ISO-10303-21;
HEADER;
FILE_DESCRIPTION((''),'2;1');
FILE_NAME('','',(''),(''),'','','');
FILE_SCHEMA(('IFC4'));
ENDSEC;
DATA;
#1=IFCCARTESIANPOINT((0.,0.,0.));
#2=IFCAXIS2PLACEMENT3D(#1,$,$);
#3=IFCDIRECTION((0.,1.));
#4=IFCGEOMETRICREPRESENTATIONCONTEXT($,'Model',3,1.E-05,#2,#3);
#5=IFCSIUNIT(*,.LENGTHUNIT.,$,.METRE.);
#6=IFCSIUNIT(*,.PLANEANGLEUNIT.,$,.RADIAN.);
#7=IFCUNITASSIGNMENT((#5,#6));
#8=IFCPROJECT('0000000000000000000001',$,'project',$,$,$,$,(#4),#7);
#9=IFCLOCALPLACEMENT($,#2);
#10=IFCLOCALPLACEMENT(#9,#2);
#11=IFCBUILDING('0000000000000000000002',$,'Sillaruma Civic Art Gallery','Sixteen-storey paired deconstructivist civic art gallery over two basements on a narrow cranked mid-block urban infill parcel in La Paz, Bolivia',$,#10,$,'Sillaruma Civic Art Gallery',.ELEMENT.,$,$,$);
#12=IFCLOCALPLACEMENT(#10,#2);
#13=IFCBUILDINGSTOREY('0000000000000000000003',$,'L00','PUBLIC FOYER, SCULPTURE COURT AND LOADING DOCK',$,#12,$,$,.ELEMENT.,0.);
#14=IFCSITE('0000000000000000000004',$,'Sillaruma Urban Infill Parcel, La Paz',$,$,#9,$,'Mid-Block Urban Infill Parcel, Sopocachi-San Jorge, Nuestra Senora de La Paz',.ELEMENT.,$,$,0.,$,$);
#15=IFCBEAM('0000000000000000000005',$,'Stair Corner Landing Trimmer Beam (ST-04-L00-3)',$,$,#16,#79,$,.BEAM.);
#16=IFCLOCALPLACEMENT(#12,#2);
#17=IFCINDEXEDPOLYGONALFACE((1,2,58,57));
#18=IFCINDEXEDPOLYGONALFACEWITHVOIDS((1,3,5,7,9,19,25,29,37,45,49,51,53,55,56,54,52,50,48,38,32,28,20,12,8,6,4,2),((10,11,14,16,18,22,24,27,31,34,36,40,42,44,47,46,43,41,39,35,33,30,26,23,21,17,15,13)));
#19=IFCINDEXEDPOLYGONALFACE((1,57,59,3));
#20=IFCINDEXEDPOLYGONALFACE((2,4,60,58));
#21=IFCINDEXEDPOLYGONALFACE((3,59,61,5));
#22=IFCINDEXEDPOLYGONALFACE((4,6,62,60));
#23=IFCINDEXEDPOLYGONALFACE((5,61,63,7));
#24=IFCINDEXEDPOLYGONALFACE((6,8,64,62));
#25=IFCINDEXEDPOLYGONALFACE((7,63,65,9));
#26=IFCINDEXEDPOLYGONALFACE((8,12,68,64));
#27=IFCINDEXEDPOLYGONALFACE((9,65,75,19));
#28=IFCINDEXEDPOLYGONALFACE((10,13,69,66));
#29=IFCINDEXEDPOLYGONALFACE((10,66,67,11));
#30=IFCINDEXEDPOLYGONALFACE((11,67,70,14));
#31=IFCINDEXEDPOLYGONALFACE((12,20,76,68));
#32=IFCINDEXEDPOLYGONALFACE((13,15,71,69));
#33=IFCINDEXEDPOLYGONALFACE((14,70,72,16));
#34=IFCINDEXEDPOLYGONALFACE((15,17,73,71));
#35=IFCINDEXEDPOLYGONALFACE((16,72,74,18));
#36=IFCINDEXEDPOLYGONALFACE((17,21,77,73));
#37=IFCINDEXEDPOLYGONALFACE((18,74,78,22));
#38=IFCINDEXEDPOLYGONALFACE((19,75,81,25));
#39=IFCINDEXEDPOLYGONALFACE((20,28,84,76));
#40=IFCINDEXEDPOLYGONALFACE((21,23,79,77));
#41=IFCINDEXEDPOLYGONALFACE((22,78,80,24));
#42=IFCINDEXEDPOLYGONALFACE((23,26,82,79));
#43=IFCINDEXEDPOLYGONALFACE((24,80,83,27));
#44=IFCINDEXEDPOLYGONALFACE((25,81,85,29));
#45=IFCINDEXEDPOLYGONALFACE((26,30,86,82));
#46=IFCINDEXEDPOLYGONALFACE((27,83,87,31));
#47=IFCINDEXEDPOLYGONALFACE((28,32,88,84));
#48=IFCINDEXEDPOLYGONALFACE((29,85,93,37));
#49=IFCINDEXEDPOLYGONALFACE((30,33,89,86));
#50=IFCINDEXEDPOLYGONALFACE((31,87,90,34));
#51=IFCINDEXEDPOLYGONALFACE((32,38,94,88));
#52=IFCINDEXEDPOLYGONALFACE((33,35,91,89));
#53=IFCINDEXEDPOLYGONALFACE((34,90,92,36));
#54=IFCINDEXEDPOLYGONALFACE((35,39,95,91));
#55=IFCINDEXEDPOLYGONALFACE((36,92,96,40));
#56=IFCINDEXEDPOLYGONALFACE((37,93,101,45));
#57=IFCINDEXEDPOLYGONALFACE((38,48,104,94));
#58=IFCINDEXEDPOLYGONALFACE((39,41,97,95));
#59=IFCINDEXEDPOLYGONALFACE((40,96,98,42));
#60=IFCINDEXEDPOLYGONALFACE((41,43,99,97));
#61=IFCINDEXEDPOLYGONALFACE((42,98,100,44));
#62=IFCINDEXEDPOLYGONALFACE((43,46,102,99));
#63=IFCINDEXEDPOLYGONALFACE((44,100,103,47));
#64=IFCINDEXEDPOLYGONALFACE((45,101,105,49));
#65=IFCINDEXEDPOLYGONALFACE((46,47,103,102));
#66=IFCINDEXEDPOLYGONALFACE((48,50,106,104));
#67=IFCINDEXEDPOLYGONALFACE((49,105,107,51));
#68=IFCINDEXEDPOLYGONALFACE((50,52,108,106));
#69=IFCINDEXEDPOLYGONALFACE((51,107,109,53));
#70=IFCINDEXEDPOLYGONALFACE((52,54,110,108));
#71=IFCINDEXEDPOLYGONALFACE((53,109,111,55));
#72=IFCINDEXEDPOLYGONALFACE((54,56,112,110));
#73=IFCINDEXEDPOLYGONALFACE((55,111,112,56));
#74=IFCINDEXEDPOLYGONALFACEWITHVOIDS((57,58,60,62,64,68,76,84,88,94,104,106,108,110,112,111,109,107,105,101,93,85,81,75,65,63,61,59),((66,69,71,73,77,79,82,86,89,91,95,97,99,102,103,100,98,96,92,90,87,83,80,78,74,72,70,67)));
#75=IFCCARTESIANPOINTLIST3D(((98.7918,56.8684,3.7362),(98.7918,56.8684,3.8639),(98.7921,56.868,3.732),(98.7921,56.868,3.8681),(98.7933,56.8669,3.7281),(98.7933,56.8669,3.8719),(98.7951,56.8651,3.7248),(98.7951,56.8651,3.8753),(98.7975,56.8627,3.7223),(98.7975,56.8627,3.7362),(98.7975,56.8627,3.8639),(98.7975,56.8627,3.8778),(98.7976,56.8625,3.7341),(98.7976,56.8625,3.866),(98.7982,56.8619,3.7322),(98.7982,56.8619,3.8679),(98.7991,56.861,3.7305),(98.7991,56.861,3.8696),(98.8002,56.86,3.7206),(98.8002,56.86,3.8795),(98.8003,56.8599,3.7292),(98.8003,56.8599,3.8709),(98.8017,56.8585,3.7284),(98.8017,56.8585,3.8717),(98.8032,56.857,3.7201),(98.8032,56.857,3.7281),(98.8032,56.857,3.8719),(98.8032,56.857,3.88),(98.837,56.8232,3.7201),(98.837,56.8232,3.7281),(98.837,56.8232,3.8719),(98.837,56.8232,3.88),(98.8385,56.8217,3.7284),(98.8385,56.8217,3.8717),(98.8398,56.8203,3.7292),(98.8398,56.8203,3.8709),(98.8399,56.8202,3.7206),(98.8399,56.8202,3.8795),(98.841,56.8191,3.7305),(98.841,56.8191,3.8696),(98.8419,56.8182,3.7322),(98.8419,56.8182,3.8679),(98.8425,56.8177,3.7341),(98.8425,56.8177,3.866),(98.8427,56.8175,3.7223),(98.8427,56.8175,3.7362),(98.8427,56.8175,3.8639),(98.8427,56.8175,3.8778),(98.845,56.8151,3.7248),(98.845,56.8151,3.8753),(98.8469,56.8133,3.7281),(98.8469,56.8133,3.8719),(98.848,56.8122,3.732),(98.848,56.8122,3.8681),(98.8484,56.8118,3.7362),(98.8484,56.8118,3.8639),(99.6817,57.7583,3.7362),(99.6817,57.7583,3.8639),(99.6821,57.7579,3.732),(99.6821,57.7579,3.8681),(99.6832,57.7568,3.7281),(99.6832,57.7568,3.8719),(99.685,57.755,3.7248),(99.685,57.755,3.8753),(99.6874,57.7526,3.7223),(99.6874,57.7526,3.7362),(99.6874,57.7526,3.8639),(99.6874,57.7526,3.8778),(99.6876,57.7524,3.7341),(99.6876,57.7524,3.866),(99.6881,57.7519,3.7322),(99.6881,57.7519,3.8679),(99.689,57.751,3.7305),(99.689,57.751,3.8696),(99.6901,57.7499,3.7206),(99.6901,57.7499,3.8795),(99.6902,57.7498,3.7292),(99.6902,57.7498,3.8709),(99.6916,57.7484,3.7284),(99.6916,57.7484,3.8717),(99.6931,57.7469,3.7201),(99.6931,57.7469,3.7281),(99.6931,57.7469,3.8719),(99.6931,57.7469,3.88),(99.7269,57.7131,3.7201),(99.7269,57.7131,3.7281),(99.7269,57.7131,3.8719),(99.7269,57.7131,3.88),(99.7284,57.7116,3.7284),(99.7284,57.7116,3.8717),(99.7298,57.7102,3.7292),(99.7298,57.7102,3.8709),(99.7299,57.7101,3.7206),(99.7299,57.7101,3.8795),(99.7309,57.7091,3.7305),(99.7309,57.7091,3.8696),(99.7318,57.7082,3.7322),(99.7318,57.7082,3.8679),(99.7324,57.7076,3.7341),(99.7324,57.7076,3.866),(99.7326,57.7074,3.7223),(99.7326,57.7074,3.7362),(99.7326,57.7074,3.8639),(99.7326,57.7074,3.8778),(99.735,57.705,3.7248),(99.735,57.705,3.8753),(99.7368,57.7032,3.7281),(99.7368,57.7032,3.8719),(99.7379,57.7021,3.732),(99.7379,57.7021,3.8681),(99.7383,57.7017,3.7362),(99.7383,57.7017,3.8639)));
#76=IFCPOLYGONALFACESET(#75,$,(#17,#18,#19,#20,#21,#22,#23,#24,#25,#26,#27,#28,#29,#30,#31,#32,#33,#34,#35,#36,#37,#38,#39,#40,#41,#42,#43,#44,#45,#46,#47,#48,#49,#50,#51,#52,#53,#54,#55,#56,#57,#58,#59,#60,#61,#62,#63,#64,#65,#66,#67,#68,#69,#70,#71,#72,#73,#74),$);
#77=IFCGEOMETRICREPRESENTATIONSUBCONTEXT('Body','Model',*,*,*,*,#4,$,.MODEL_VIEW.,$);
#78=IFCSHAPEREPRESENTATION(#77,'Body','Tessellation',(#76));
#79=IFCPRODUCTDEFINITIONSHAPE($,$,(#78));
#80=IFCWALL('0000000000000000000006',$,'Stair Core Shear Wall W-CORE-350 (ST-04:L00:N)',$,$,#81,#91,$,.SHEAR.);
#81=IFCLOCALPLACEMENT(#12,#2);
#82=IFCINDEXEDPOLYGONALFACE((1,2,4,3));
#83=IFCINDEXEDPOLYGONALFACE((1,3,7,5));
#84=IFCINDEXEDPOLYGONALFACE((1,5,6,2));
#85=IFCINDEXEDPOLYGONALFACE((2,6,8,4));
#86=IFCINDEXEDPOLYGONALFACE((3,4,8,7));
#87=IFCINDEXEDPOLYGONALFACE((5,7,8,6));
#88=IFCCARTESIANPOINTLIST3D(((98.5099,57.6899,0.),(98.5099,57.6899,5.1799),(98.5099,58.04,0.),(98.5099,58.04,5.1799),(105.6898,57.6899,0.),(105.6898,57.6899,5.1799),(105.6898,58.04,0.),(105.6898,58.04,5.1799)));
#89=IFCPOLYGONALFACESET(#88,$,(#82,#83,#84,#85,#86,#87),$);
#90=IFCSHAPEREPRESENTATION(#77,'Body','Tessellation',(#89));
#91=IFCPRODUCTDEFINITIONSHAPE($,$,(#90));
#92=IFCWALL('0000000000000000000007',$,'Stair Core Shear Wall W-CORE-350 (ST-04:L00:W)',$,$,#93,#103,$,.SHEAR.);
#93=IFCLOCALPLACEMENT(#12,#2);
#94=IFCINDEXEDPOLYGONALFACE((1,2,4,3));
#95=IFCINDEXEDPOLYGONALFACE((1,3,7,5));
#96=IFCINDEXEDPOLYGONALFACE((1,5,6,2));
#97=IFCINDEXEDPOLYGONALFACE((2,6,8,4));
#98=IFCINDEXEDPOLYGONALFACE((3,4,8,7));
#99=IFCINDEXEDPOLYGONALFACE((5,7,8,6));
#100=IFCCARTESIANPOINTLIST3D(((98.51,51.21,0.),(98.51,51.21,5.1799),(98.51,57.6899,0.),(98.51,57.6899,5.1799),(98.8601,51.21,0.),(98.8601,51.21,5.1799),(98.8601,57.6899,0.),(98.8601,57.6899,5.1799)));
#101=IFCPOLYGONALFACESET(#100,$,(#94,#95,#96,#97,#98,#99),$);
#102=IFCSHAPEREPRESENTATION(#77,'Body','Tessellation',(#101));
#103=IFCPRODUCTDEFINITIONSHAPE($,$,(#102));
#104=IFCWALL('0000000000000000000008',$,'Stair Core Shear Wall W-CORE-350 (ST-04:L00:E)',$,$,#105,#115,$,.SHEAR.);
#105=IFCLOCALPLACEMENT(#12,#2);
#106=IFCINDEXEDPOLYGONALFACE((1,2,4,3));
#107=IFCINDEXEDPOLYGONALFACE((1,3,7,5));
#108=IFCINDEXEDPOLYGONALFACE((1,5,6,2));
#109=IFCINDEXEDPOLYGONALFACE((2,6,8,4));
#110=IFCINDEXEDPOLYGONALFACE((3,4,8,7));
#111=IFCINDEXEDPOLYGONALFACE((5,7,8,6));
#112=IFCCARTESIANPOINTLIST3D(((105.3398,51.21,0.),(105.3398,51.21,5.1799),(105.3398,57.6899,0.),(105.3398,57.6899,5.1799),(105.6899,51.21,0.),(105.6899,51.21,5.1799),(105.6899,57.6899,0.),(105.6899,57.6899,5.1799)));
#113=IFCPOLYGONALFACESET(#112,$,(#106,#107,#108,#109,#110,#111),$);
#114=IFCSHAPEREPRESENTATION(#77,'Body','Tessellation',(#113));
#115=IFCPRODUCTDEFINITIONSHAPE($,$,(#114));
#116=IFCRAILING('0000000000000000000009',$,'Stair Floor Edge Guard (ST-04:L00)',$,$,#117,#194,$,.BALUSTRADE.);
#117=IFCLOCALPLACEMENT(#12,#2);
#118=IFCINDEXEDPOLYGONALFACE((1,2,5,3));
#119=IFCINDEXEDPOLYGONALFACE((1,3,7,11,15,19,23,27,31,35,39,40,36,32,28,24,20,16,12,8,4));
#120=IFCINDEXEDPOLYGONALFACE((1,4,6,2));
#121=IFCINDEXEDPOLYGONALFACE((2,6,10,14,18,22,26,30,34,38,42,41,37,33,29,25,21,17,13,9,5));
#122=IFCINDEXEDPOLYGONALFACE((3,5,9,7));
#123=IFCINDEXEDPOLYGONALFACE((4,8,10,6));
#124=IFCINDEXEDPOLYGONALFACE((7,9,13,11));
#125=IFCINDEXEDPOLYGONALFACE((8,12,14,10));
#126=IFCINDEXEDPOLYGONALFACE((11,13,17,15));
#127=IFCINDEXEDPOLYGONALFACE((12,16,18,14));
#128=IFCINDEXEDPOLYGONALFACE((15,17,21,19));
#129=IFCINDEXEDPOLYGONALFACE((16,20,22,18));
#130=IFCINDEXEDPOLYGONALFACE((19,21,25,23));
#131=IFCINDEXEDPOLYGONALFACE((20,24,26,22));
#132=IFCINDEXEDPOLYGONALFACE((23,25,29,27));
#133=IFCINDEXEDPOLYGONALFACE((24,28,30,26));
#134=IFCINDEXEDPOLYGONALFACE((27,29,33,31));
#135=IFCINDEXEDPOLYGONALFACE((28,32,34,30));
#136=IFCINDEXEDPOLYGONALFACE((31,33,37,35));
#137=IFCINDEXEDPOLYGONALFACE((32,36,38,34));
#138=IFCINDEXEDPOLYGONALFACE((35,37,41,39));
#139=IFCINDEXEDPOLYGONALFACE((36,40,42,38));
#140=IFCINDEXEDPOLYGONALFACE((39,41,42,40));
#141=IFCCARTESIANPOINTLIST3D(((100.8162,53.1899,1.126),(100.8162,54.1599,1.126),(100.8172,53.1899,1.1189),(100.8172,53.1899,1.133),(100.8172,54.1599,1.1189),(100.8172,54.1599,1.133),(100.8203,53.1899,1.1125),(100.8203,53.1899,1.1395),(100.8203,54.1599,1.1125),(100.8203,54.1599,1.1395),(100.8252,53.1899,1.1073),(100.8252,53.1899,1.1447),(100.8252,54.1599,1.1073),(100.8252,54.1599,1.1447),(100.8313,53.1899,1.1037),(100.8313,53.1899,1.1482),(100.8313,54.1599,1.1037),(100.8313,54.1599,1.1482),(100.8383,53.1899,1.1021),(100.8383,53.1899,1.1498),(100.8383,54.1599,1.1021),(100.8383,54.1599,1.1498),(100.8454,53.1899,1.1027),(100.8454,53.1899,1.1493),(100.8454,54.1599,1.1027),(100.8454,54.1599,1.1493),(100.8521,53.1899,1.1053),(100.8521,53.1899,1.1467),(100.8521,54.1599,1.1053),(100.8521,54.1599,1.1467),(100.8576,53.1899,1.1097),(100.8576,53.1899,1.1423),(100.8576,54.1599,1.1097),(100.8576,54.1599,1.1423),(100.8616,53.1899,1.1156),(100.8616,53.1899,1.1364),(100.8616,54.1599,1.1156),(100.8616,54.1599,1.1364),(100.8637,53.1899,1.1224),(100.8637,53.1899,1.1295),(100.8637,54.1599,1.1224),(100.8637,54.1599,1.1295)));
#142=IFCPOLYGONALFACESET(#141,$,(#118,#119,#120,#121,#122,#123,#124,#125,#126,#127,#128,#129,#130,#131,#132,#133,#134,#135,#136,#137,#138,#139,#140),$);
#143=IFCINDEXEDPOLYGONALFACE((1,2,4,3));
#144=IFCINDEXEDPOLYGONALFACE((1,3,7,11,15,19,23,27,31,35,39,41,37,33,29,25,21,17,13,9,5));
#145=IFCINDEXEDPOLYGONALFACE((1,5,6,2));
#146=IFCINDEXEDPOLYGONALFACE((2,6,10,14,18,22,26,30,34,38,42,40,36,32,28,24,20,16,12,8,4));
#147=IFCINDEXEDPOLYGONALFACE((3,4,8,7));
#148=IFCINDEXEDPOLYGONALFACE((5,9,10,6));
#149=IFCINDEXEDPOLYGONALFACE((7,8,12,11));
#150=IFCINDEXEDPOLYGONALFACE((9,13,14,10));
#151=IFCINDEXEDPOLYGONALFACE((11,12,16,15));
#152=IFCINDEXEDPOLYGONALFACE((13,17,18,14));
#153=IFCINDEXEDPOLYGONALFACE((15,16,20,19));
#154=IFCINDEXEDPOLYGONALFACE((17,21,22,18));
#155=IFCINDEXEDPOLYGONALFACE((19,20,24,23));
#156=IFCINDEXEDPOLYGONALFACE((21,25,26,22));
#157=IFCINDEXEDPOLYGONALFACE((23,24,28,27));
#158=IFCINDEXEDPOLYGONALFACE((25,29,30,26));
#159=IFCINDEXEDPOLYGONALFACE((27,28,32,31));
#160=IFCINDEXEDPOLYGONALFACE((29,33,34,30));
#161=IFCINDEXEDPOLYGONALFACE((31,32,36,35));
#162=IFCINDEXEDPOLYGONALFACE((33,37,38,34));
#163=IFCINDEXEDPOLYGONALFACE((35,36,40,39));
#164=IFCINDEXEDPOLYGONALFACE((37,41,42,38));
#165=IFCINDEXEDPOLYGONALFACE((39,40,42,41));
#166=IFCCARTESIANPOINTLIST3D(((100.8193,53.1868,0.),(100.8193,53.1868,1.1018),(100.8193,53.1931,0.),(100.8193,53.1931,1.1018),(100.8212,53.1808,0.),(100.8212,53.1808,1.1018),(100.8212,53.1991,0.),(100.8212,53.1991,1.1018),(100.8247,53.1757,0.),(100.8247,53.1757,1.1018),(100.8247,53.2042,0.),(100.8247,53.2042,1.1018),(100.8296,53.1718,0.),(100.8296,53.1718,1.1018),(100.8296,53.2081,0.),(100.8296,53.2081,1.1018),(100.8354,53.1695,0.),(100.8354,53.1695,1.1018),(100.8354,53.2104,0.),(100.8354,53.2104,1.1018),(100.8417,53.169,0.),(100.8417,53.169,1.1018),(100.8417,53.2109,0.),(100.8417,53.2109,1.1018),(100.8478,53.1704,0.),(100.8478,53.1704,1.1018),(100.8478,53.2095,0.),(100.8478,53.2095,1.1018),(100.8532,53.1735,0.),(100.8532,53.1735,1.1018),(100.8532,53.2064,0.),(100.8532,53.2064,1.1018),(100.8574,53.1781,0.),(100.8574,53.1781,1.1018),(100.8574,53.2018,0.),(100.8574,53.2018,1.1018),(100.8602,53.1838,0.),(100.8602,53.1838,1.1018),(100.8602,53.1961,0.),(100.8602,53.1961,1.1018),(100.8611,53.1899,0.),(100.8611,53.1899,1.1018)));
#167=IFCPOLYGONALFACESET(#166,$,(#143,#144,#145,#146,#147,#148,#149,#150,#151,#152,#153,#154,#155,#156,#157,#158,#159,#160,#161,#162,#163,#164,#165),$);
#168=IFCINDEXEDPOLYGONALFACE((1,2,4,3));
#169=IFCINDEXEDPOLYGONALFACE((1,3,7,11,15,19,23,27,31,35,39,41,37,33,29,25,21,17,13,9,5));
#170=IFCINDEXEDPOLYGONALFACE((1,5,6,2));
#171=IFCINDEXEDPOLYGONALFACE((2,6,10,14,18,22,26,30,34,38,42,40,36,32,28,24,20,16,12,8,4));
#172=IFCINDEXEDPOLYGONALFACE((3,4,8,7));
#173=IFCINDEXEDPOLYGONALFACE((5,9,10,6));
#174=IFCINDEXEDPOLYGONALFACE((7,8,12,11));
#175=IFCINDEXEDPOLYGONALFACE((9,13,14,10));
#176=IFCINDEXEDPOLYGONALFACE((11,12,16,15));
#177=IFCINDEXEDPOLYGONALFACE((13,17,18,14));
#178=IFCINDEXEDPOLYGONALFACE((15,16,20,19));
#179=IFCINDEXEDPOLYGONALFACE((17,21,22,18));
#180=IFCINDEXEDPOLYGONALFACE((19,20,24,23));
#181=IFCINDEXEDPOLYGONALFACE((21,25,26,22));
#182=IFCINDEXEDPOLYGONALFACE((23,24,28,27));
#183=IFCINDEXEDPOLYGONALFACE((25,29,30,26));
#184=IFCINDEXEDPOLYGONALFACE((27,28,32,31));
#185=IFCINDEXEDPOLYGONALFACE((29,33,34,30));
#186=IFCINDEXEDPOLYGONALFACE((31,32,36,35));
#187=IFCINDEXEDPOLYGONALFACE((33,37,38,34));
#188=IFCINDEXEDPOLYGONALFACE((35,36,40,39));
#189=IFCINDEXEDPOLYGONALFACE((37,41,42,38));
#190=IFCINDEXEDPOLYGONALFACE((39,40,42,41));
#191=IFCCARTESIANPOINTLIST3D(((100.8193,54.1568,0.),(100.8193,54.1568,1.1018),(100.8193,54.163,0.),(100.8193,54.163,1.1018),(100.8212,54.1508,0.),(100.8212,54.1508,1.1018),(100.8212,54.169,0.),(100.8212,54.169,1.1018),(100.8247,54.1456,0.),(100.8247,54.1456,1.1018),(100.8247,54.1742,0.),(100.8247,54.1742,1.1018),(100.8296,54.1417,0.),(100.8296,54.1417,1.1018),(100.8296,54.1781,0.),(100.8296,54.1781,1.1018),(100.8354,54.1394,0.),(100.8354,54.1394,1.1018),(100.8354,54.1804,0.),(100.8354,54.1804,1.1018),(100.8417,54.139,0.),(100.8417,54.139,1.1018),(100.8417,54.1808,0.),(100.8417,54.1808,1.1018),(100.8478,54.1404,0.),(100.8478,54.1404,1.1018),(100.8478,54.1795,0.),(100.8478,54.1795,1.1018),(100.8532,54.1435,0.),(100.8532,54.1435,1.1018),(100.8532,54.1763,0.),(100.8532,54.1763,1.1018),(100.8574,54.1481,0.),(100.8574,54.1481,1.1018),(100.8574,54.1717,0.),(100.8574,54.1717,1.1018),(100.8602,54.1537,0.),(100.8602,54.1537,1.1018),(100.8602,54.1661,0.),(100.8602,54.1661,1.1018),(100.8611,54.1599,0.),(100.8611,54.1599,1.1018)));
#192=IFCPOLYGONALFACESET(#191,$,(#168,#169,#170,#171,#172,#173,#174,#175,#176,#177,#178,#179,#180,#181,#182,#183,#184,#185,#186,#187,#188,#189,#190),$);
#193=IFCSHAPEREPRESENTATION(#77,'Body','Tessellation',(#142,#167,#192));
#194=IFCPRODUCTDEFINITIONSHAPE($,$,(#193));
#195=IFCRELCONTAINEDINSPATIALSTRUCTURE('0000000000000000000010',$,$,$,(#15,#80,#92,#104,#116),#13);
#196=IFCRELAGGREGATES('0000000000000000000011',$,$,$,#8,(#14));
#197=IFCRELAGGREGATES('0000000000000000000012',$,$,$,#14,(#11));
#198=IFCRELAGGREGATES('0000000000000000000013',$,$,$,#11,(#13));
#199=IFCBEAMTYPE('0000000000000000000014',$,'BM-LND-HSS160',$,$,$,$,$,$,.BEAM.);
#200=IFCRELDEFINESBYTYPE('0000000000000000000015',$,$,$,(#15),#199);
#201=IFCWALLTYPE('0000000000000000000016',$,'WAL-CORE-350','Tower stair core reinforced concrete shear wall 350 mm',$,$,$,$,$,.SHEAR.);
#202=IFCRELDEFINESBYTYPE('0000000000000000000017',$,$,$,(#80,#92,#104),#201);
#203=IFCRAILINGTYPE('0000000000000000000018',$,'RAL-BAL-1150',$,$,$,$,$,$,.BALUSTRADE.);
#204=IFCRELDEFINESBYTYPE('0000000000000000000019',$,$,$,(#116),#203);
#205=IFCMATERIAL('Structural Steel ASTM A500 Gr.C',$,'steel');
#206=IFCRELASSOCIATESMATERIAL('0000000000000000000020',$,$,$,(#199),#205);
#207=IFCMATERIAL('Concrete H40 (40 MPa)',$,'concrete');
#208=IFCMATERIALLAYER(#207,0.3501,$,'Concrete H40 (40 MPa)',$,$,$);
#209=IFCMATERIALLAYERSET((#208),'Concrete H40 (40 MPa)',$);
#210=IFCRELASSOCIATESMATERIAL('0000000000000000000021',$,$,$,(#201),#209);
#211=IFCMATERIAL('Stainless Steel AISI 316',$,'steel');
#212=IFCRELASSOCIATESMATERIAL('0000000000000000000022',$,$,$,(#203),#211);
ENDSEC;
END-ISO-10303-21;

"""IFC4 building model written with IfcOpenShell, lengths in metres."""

from ifc_helpers import new_model, si_unit, direction, frame, frame_2d, origin, origin_2d, place, context, subcontext, project, spatial, rectangle, hollow_rectangle, circle, extrude, material, layer, layer_set, material_profile, profile_set, type_object, element, save


model = new_model("IFC4")

# Units and contexts
model_context = context("Model", 3, precision=1e-05, world=origin(), true_north=direction((0.0, 1.0)))
body_context = subcontext(model_context, "Body", "Model", "MODEL_VIEW")
ifc_project = project(units=[si_unit("LENGTHUNIT", "METRE"), si_unit("PLANEANGLEUNIT", "RADIAN")], contexts=[model_context])

# Site, building, storey
site_placement = place(None, origin())
site = spatial("IfcSite", under=ifc_project, at=site_placement, Name="Sillaruma Urban Infill Parcel, La Paz", LongName="Mid-Block Urban Infill Parcel, Sopocachi-San Jorge, Nuestra Senora de La Paz", CompositionType="ELEMENT", RefElevation=0.0)
building_placement = place(site_placement, origin())
building = spatial("IfcBuilding", under=site, at=building_placement, Name="Sillaruma Civic Art Gallery", Description="Sixteen-storey paired deconstructivist civic art gallery over two basements on a narrow cranked mid-block urban infill parcel in La Paz, Bolivia", LongName="Sillaruma Civic Art Gallery", CompositionType="ELEMENT")
storey_placement = place(building_placement, origin())
storey = spatial("IfcBuildingStorey", under=building, at=storey_placement, Name="L00", Description="PUBLIC FOYER, SCULPTURE COURT AND LOADING DOCK", CompositionType="ELEMENT", Elevation=0.0)

# Shared definitions
ifc_material_1 = material(Name="Concrete H40 (40 MPa)", Category="concrete")

# Beam
ifc_material_2 = material(Name="Structural Steel ASTM A500 Gr.C", Category="steel")
ifc_material_profile_1 = material_profile(ifc_material_2, hollow_rectangle(XDim=0.0801, YDim=0.1599, WallThickness=0.0081, InnerFilletRadius=0.0081, OuterFilletRadius=0.0161, at=origin_2d()), Name="HSS160x80x8")
ifc_profile_set_1 = profile_set([ifc_material_profile_1], Name="Structural Steel ASTM A500 Gr.C")
beam_type_1 = type_object("IfcBeamType", Name="BM-LND-HSS160", PredefinedType="BEAM", material=ifc_profile_set_1)
for number, where, z_axis, x_axis, name in (
    (1, (98.8201, 56.8401, 3.8), (0.707107, 0.707107, 0.0), (-0.707107, 0.707107, 0.0), "Stair Corner Landing Trimmer Beam (ST-04-L00-3)"),
):
    element("IfcBeam", number, at=place(storey_placement, frame(where, z_axis=z_axis, x_axis=x_axis)), inside=storey, type_object=beam_type_1, Name=name, PredefinedType="BEAM", context=body_context, shape_type="SweptSolid", body=[
        extrude(hollow_rectangle(XDim=0.0801, YDim=0.1599, WallThickness=0.0081, InnerFilletRadius=0.0081, OuterFilletRadius=0.0161, at=origin_2d()), origin(), (0.0, 0.0, 1.0), 1.2585),
    ])

# Walls
ifc_layer = layer(ifc_material_1, 0.3501, Name="Concrete H40 (40 MPa)")
ifc_layer_set = layer_set([ifc_layer], Name="Concrete H40 (40 MPa)")
wall_type = type_object("IfcWallType", Name="WAL-CORE-350", Description="Tower stair core reinforced concrete shear wall 350 mm", PredefinedType="SHEAR", material=ifc_layer_set)
wall_placement = place(storey_placement, frame((98.51, 57.865, 0.0), z_axis=(0.0, 0.0, 1.0), x_axis=(1.0, 0.0, 0.0)))
element("IfcWall", 2, at=wall_placement, inside=storey, type_object=wall_type, Name="Stair Core Shear Wall W-CORE-350 (ST-04:L00:N)", PredefinedType="SHEAR", context=body_context, shape_type="SweptSolid", body=[
    extrude(rectangle(XDim=7.1799, YDim=0.3501, at=frame_2d((3.5898, 0.0))), origin(), (0.0, 0.0, 1.0), 5.1799),
])
for number, where, z_axis, x_axis, name in (
    (3, (98.6851, 51.21, 0.0), (0.0, 0.0, 1.0), (0.0, 1.0, 0.0), "Stair Core Shear Wall W-CORE-350 (ST-04:L00:W)"),
    (4, (105.5149, 51.21, 0.0), (0.0, 0.0, 1.0), (0.0, 1.0, 0.0), "Stair Core Shear Wall W-CORE-350 (ST-04:L00:E)"),
):
    element("IfcWall", number, at=place(storey_placement, frame(where, z_axis=z_axis, x_axis=x_axis)), inside=storey, type_object=wall_type, Name=name, PredefinedType="SHEAR", context=body_context, shape_type="SweptSolid", body=[
        extrude(rectangle(XDim=6.48, YDim=0.3501, at=frame_2d((3.24, 0.0))), origin(), (0.0, 0.0, 1.0), 5.1799),
    ])

# Railing
ifc_material_3 = material(Name="Stainless Steel AISI 316", Category="steel")
railing_type_1 = type_object("IfcRailingType", Name="RAL-BAL-1150", PredefinedType="BALUSTRADE", material=ifc_material_3)
railing_1_placement = place(storey_placement, frame((100.8401, 53.1899, 0.0)))
element("IfcRailing", 5, at=railing_1_placement, inside=storey, type_object=railing_type_1, Name="Stair Floor Edge Guard (ST-04:L00)", PredefinedType="BALUSTRADE", context=body_context, shape_type="SweptSolid", body=[
    extrude(circle(Radius=0.0239, at=origin_2d()), frame((0.0, 0.0, 1.126), z_axis=(0.0, 1.0, 0.0), x_axis=(-1.0, 0.0, 0.0)), (0.0, 0.0, 1.0), 0.97),
    extrude(circle(Radius=0.021, at=origin_2d()), origin(), (0.0, 0.0, 1.0), 1.1018),
    extrude(circle(Radius=0.021, at=origin_2d()), frame((0.0, 0.97, 0.0)), (0.0, 0.0, 1.0), 1.1018),
])

save(model, "model.ifc")
